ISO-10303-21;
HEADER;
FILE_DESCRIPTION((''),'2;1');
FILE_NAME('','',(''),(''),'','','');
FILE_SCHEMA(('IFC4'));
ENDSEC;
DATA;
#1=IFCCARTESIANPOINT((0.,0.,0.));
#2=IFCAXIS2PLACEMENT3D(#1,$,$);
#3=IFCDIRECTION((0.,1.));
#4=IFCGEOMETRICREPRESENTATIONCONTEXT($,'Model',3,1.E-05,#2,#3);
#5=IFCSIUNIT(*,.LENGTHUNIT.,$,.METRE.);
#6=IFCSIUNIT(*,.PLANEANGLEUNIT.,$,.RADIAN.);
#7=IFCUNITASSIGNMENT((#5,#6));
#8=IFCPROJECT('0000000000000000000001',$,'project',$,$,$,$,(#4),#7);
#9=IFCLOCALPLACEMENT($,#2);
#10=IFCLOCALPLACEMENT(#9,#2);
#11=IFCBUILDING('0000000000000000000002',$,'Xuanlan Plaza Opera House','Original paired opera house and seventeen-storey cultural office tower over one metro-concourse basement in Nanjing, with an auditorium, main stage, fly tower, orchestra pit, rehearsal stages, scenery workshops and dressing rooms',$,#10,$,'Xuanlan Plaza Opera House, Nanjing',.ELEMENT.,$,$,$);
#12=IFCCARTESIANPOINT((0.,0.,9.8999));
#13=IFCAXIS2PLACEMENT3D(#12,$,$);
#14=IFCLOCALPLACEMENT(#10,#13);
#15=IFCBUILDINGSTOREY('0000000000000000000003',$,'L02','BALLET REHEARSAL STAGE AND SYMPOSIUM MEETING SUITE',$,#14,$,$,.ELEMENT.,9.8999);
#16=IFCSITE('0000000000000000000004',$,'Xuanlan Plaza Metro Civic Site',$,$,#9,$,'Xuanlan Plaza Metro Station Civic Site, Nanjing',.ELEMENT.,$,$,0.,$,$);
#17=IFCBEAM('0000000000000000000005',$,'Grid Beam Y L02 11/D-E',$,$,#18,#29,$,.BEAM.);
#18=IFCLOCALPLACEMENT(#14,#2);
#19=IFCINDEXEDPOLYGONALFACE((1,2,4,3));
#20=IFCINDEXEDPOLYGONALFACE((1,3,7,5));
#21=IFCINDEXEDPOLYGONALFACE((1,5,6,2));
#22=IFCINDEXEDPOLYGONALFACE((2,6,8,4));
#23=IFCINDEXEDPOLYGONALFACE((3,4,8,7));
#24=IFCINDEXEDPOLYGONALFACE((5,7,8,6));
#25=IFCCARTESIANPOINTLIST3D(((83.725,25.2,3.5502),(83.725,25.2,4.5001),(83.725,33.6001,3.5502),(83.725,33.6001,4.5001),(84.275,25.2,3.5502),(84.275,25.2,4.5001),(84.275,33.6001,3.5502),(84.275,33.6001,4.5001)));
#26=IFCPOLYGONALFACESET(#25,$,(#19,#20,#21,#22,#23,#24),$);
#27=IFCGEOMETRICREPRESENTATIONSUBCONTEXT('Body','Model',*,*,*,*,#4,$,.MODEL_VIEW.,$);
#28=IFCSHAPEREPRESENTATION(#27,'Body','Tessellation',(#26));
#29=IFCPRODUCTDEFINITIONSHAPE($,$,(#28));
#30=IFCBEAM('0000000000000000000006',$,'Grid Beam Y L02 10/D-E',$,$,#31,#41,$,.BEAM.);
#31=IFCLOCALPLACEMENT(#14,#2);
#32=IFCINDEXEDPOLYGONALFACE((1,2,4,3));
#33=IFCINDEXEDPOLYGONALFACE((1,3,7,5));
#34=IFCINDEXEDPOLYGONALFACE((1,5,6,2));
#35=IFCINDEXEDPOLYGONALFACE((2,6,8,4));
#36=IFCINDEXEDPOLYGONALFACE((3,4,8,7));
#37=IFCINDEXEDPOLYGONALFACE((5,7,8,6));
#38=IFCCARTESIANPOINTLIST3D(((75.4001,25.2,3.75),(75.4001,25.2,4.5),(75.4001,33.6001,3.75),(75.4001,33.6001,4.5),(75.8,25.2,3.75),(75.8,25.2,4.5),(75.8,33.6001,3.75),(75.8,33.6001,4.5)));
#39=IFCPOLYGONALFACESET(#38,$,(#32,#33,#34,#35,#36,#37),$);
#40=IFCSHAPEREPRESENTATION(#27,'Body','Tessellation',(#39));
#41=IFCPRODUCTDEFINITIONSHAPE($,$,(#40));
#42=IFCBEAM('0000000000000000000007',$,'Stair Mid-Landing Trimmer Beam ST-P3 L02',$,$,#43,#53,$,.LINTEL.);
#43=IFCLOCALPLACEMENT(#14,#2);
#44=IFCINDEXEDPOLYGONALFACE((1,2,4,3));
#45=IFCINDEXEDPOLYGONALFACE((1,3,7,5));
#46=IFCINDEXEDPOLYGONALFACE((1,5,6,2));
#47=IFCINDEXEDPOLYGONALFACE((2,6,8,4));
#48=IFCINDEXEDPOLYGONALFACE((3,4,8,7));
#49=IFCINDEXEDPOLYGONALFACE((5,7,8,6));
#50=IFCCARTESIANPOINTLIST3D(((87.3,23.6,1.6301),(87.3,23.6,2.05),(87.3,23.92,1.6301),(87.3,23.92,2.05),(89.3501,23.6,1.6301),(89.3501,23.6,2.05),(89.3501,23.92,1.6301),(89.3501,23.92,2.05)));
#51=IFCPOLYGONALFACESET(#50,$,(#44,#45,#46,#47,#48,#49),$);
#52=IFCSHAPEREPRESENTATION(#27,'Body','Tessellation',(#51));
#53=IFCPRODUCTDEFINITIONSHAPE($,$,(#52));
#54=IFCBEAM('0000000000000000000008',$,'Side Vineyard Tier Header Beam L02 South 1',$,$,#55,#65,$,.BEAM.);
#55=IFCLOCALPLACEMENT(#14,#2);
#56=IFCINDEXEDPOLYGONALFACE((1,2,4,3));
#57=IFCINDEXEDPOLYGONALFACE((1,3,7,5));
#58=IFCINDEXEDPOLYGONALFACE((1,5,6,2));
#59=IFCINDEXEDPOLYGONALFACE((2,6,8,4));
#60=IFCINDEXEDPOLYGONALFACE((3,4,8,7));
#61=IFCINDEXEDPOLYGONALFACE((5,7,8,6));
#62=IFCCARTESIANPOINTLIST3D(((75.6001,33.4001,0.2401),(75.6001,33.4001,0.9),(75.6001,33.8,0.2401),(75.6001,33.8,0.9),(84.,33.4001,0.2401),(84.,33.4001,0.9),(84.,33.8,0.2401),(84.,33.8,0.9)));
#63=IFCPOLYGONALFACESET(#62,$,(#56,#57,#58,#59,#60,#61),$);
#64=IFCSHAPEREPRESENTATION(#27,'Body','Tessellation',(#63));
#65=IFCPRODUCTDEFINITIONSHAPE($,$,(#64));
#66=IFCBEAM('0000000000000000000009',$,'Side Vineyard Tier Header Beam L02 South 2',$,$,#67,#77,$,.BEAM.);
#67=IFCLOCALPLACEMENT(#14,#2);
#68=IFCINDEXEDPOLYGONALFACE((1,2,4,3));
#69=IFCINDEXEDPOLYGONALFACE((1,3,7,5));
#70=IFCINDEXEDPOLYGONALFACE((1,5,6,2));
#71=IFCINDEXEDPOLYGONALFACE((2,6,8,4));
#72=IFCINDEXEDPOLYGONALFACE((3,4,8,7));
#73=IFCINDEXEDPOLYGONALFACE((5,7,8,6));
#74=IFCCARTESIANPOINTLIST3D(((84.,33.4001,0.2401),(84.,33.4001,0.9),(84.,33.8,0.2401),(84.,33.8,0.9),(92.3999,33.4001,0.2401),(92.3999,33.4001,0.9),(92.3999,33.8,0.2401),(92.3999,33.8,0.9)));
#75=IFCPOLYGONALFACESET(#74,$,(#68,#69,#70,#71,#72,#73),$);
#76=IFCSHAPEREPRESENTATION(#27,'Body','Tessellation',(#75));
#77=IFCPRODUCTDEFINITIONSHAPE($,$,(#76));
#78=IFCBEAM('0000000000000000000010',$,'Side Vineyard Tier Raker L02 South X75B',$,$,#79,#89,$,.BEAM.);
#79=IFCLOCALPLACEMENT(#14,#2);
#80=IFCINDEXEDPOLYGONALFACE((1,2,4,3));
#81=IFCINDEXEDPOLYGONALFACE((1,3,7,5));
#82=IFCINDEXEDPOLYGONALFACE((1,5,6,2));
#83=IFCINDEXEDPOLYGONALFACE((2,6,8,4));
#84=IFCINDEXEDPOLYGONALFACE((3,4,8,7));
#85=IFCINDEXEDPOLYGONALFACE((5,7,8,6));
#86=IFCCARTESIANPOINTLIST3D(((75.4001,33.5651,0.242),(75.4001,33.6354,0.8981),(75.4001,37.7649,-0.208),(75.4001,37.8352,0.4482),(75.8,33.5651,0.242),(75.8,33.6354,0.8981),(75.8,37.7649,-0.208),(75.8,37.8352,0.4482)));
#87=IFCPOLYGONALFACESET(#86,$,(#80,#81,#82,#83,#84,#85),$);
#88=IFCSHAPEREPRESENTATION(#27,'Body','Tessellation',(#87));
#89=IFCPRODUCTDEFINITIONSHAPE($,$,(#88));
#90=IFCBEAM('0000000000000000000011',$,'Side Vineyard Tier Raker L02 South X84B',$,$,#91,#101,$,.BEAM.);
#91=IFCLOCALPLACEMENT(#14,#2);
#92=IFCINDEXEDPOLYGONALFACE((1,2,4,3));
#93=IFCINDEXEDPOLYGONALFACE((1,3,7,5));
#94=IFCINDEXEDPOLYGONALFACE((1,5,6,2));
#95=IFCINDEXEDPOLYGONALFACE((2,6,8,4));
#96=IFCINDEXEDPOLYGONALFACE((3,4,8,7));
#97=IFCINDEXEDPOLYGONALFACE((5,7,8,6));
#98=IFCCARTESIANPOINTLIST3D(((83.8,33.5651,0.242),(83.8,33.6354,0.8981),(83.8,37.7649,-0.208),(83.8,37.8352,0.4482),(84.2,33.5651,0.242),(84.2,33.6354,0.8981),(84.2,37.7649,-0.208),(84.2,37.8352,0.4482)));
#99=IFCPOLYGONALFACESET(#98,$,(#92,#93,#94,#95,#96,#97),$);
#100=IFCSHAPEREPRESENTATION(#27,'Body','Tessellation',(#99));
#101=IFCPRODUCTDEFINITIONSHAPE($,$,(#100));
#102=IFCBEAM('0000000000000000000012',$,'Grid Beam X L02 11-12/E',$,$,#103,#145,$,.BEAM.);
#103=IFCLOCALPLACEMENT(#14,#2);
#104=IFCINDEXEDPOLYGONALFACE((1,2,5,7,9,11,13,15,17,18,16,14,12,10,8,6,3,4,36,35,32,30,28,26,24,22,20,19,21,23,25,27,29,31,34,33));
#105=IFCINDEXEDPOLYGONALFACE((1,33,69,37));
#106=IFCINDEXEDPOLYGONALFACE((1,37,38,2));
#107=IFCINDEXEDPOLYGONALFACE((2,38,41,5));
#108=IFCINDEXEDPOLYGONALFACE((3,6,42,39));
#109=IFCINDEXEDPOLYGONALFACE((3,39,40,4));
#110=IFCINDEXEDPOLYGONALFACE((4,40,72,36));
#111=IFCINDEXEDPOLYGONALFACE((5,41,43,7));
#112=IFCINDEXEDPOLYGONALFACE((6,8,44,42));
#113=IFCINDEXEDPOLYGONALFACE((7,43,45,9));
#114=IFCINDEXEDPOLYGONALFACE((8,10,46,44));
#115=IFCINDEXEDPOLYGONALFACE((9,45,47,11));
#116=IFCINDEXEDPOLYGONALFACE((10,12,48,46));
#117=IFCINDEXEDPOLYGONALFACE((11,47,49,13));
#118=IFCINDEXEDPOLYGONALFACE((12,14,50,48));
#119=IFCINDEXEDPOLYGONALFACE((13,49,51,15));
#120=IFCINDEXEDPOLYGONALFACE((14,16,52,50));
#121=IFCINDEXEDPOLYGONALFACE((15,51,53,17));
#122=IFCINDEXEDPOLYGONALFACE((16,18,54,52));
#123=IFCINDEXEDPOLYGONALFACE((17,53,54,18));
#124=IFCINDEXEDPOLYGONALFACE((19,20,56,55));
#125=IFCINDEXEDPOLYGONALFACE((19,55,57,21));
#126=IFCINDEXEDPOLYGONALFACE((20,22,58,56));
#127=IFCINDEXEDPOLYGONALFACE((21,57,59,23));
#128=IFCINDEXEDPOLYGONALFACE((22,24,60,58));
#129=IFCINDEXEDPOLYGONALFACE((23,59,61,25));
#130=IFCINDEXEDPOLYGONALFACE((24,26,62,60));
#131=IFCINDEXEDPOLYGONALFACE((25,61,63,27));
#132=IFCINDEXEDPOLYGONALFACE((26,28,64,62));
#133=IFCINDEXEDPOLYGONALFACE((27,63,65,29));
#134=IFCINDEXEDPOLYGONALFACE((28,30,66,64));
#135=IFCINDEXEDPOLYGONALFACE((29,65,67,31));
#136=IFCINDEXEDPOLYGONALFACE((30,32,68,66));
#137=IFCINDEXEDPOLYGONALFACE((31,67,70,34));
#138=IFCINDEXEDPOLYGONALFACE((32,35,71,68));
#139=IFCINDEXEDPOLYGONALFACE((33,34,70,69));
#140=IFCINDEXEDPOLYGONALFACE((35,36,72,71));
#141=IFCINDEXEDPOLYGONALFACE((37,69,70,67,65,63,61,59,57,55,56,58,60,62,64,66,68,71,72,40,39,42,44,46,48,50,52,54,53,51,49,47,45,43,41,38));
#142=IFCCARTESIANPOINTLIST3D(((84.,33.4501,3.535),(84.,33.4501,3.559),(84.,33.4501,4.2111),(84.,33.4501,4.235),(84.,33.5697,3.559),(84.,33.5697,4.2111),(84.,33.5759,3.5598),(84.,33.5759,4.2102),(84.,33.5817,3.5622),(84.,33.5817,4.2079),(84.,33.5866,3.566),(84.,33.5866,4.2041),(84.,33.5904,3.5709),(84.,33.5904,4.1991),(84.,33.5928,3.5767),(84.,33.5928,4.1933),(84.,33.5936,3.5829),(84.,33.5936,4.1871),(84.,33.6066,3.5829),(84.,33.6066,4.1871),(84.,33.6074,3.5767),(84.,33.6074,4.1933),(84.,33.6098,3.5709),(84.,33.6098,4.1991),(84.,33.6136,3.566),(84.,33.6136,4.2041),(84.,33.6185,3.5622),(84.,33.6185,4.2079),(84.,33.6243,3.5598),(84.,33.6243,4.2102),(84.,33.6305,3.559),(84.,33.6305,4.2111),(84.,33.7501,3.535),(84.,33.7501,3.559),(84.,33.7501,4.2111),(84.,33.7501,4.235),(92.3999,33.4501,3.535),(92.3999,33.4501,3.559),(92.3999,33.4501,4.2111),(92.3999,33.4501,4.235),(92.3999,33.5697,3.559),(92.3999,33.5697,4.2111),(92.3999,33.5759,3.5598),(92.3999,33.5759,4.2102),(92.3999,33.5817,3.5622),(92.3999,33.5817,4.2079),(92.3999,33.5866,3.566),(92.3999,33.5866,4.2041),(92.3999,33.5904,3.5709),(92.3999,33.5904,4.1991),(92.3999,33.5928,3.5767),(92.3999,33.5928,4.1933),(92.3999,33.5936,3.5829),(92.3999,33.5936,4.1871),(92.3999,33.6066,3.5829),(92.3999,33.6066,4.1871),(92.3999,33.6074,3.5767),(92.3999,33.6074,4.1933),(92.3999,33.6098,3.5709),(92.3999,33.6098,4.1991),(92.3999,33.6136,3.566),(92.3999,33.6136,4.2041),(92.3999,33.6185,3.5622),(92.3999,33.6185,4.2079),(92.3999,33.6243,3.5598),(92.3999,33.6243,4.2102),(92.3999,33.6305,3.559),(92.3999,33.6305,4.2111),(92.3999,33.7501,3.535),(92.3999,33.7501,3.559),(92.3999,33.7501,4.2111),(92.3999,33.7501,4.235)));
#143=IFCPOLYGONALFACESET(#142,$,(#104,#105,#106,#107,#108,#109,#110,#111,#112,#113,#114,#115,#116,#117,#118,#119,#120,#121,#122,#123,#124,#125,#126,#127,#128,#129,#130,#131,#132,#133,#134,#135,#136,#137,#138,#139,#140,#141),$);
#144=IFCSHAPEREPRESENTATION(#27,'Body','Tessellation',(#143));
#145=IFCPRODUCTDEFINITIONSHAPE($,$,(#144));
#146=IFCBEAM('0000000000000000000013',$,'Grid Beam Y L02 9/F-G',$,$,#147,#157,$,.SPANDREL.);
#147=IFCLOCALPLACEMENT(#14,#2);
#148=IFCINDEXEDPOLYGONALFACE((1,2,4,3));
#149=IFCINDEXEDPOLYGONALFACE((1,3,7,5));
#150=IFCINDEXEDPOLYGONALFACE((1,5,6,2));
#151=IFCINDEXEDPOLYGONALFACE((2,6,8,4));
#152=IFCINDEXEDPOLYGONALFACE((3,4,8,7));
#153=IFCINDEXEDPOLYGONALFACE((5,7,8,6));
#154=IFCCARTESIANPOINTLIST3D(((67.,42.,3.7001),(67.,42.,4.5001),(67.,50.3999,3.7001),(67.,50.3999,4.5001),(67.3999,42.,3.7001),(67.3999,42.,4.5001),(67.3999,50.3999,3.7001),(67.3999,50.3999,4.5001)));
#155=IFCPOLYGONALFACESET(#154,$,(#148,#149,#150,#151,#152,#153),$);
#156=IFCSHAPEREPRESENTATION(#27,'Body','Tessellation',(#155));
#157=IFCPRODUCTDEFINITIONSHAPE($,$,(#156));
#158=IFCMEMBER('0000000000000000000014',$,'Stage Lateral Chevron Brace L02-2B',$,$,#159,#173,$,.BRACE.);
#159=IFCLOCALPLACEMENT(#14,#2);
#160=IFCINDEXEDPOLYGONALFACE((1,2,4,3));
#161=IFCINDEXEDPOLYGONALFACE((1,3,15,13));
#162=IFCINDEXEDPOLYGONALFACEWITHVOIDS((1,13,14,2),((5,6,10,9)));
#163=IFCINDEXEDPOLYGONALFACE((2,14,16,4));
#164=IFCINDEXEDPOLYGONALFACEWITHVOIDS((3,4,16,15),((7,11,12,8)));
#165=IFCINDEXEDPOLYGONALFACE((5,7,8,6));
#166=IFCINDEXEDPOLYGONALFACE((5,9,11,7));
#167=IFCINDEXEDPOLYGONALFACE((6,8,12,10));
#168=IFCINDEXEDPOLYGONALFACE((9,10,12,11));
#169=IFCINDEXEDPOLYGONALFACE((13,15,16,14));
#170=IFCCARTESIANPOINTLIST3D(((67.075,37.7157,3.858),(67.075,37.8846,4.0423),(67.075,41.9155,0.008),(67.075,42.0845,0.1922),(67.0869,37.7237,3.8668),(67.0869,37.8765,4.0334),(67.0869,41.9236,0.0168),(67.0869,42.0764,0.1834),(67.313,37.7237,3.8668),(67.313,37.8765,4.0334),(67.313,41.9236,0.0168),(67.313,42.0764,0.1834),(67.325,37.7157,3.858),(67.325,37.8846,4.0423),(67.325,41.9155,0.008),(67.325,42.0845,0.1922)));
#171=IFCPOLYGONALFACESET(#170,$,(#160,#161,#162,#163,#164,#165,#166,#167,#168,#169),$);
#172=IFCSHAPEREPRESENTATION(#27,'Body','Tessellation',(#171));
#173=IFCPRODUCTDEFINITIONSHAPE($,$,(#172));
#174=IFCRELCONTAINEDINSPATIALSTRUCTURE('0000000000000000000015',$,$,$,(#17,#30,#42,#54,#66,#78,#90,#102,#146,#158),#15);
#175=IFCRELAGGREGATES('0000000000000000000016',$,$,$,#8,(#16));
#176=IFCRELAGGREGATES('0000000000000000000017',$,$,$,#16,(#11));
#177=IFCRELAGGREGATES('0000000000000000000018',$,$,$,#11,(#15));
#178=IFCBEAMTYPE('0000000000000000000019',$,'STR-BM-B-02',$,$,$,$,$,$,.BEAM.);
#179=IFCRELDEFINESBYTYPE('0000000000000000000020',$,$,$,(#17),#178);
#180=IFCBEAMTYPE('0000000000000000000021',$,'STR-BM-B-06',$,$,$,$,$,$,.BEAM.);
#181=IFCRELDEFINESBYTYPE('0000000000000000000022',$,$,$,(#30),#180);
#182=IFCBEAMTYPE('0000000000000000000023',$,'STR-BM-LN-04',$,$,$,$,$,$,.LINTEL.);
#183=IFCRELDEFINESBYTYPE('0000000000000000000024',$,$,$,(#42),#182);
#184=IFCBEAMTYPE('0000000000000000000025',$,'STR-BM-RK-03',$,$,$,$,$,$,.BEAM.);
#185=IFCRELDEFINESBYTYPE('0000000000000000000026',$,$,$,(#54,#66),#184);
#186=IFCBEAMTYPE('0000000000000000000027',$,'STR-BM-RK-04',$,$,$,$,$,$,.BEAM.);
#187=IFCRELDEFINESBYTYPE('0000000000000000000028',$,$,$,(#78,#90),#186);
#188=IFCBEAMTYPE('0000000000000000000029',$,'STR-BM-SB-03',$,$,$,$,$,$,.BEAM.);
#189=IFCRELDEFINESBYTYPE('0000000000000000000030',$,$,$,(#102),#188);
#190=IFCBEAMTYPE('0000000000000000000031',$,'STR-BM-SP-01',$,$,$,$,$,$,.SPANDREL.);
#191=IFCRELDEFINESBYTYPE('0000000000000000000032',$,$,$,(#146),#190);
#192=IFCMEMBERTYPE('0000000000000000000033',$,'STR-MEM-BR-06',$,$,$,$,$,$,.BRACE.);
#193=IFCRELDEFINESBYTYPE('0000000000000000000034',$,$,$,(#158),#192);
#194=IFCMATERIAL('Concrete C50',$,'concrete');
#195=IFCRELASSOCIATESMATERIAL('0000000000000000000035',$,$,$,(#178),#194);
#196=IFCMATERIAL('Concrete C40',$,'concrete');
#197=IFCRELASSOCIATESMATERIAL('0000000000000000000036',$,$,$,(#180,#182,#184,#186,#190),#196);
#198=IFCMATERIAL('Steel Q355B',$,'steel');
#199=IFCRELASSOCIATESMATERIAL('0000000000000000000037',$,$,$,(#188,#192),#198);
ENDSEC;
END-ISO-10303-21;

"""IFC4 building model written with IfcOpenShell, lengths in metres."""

from ifc_helpers import new_model, si_unit, direction, frame, origin, origin_2d, place, context, subcontext, project, spatial, rectangle, hollow_rectangle, i_section, extrude, material, material_profile, profile_set, type_object, element, save


model = new_model("IFC4")

# Units and contexts
model_context = context("Model", 3, precision=1e-05, world=origin(), true_north=direction((0.0, 1.0)))
body_context = subcontext(model_context, "Body", "Model", "MODEL_VIEW")
ifc_project = project(units=[si_unit("LENGTHUNIT", "METRE"), si_unit("PLANEANGLEUNIT", "RADIAN")], contexts=[model_context])

# Site, building, storey
site_placement = place(None, origin())
site = spatial("IfcSite", under=ifc_project, at=site_placement, Name="Xuanlan Plaza Metro Civic Site", LongName="Xuanlan Plaza Metro Station Civic Site, Nanjing", CompositionType="ELEMENT", RefElevation=0.0)
building_placement = place(site_placement, origin())
building = spatial("IfcBuilding", under=site, at=building_placement, Name="Xuanlan Plaza Opera House", Description="Original paired opera house and seventeen-storey cultural office tower over one metro-concourse basement in Nanjing, with an auditorium, main stage, fly tower, orchestra pit, rehearsal stages, scenery workshops and dressing rooms", LongName="Xuanlan Plaza Opera House, Nanjing", CompositionType="ELEMENT")
storey_placement = place(building_placement, frame((0.0, 0.0, 9.8999)))
storey = spatial("IfcBuildingStorey", under=building, at=storey_placement, Name="L02", Description="BALLET REHEARSAL STAGE AND SYMPOSIUM MEETING SUITE", CompositionType="ELEMENT", Elevation=9.8999)

# Shared definitions
ifc_material_1 = material(Name="Concrete C50", Category="concrete")
ifc_material_2 = material(Name="Concrete C40", Category="concrete")

# Beams
ifc_material_profile_1 = material_profile(ifc_material_1, rectangle(XDim=0.55, YDim=0.95, at=origin_2d()), Name="RC-BM 550x950")
ifc_profile_set_1 = profile_set([ifc_material_profile_1], Name="Concrete C50")
beam_type_1 = type_object("IfcBeamType", Name="STR-BM-B-02", PredefinedType="BEAM", material=ifc_profile_set_1)
beam_1_placement = place(storey_placement, frame((84.0, 25.2, 4.0251), z_axis=(0.0, 1.0, 0.0), x_axis=(-1.0, 0.0, 0.0)))
element("IfcBeam", 1, at=beam_1_placement, inside=storey, type_object=beam_type_1, Name="Grid Beam Y L02 11/D-E", PredefinedType="BEAM", context=body_context, shape_type="SweptSolid", body=[
    extrude(rectangle(XDim=0.55, YDim=0.95, at=origin_2d()), origin(), (0.0, 0.0, 1.0), 8.4001),
])
ifc_material_profile_2 = material_profile(ifc_material_2, rectangle(XDim=0.3999, YDim=0.75, at=origin_2d()), Name="RC-BM 400x750")
ifc_profile_set_2 = profile_set([ifc_material_profile_2], Name="Concrete C40")
beam_type_2 = type_object("IfcBeamType", Name="STR-BM-B-06", PredefinedType="BEAM", material=ifc_profile_set_2)
beam_2_placement = place(storey_placement, frame((75.6001, 25.2, 4.125), z_axis=(0.0, 1.0, 0.0), x_axis=(-1.0, 0.0, 0.0)))
element("IfcBeam", 2, at=beam_2_placement, inside=storey, type_object=beam_type_2, Name="Grid Beam Y L02 10/D-E", PredefinedType="BEAM", context=body_context, shape_type="SweptSolid", body=[
    extrude(rectangle(XDim=0.3999, YDim=0.75, at=origin_2d()), origin(), (0.0, 0.0, 1.0), 8.4001),
])
ifc_material_profile_3 = material_profile(ifc_material_2, rectangle(XDim=0.3201, YDim=0.4199, at=origin_2d()), Name="RC-LNT 320x420")
ifc_profile_set_3 = profile_set([ifc_material_profile_3], Name="Concrete C40")
beam_type_3 = type_object("IfcBeamType", Name="STR-BM-LN-04", PredefinedType="LINTEL", material=ifc_profile_set_3)
beam_3_placement = place(storey_placement, frame((87.3, 23.76, 1.8401), z_axis=(1.0, 0.0, 0.0), x_axis=(0.0, 1.0, 0.0)))
element("IfcBeam", 3, at=beam_3_placement, inside=storey, type_object=beam_type_3, Name="Stair Mid-Landing Trimmer Beam ST-P3 L02", PredefinedType="LINTEL", context=body_context, shape_type="SweptSolid", body=[
    extrude(rectangle(XDim=0.3201, YDim=0.4199, at=origin_2d()), origin(), (0.0, 0.0, 1.0), 2.05),
])
ifc_material_profile_4 = material_profile(ifc_material_2, rectangle(XDim=0.3999, YDim=0.6599, at=origin_2d()), Name="RC-RKR 400x660")
ifc_profile_set_4 = profile_set([ifc_material_profile_4], Name="Concrete C40")
beam_type_4 = type_object("IfcBeamType", Name="STR-BM-RK-03", PredefinedType="BEAM", material=ifc_profile_set_4)
for number, where, z_axis, x_axis, name in (
    (4, (75.6001, 33.6001, 0.5701), (1.0, 0.0, 0.0), (0.0, 1.0, 0.0), "Side Vineyard Tier Header Beam L02 South 1"),
    (5, (84.0, 33.6001, 0.5701), (1.0, 0.0, 0.0), (0.0, 1.0, 0.0), "Side Vineyard Tier Header Beam L02 South 2"),
):
    element("IfcBeam", number, at=place(storey_placement, frame(where, z_axis=z_axis, x_axis=x_axis)), inside=storey, type_object=beam_type_4, Name=name, PredefinedType="BEAM", context=body_context, shape_type="SweptSolid", body=[
        extrude(rectangle(XDim=0.3999, YDim=0.6599, at=origin_2d()), origin(), (0.0, 0.0, 1.0), 8.3999),
    ])
ifc_material_profile_5 = material_profile(ifc_material_2, rectangle(XDim=0.3999, YDim=0.6599, at=origin_2d()), Name="RC-RKR 400x660")
ifc_profile_set_5 = profile_set([ifc_material_profile_5], Name="Concrete C40")
beam_type_5 = type_object("IfcBeamType", Name="STR-BM-RK-04", PredefinedType="BEAM", material=ifc_profile_set_5)
for number, where, z_axis, x_axis, name in (
    (6, (75.6001, 37.8, 0.1201), (0.0, -0.99431, 0.106523), (1.0, 0.0, 0.0), "Side Vineyard Tier Raker L02 South X75B"),
    (7, (84.0, 37.8, 0.1201), (0.0, -0.99431, 0.106523), (1.0, 0.0, 0.0), "Side Vineyard Tier Raker L02 South X84B"),
):
    element("IfcBeam", number, at=place(storey_placement, frame(where, z_axis=z_axis, x_axis=x_axis)), inside=storey, type_object=beam_type_5, Name=name, PredefinedType="BEAM", context=body_context, shape_type="SweptSolid", body=[
        extrude(rectangle(XDim=0.3999, YDim=0.6599, at=origin_2d()), origin(), (0.0, 0.0, 1.0), 4.2239),
    ])
ifc_material_3 = material(Name="Steel Q355B", Category="steel")
ifc_material_profile_6 = material_profile(ifc_material_3, i_section(OverallWidth=0.3, OverallDepth=0.7, WebThickness=0.0129, FlangeThickness=0.0239, FilletRadius=0.0239, at=origin_2d()), Name="HN 700x300x13x24")
ifc_profile_set_6 = profile_set([ifc_material_profile_6], Name="Steel Q355B")
beam_type_6 = type_object("IfcBeamType", Name="STR-BM-SB-03", PredefinedType="BEAM", material=ifc_profile_set_6)
beam_4_placement = place(storey_placement, frame((84.0, 33.6001, 3.885), z_axis=(1.0, 0.0, 0.0), x_axis=(0.0, 1.0, 0.0)))
element("IfcBeam", 8, at=beam_4_placement, inside=storey, type_object=beam_type_6, Name="Grid Beam X L02 11-12/E", PredefinedType="BEAM", context=body_context, shape_type="SweptSolid", body=[
    extrude(i_section(OverallWidth=0.3, OverallDepth=0.7, WebThickness=0.0129, FlangeThickness=0.0239, FilletRadius=0.0239, at=origin_2d()), origin(), (0.0, 0.0, 1.0), 8.3999),
])
ifc_material_profile_7 = material_profile(ifc_material_2, rectangle(XDim=0.3999, YDim=0.8, at=origin_2d()), Name="RC-SPD 400x800")
ifc_profile_set_7 = profile_set([ifc_material_profile_7], Name="Concrete C40")
beam_type_7 = type_object("IfcBeamType", Name="STR-BM-SP-01", PredefinedType="SPANDREL", material=ifc_profile_set_7)
beam_5_placement = place(storey_placement, frame((67.2, 42.0, 4.1001), z_axis=(0.0, 1.0, 0.0), x_axis=(-1.0, 0.0, 0.0)))
element("IfcBeam", 9, at=beam_5_placement, inside=storey, type_object=beam_type_7, Name="Grid Beam Y L02 9/F-G", PredefinedType="SPANDREL", context=body_context, shape_type="SweptSolid", body=[
    extrude(rectangle(XDim=0.3999, YDim=0.8, at=origin_2d()), origin(), (0.0, 0.0, 1.0), 8.3999),
])

# Member
ifc_material_profile_8 = material_profile(ifc_material_3, hollow_rectangle(XDim=0.25, YDim=0.25, WallThickness=0.012, at=origin_2d()), Name="SHS 250x250x12")
ifc_profile_set_8 = profile_set([ifc_material_profile_8], Name="Steel Q355B")
member_type = type_object("IfcMemberType", Name="STR-MEM-BR-06", PredefinedType="BRACE", material=ifc_profile_set_8)
member_placement = place(storey_placement, frame((67.2, 42.0, 0.1001), z_axis=(0.0, -0.737142, 0.675738), x_axis=(1.0, 0.0, 0.0)))
element("IfcMember", 10, at=member_placement, inside=storey, type_object=member_type, Name="Stage Lateral Chevron Brace L02-2B", PredefinedType="BRACE", context=body_context, shape_type="SweptSolid", body=[
    extrude(hollow_rectangle(XDim=0.25, YDim=0.25, WallThickness=0.012, at=origin_2d()), origin(), (0.0, 0.0, 1.0), 5.6975),
])

save(model, "model.ifc")
